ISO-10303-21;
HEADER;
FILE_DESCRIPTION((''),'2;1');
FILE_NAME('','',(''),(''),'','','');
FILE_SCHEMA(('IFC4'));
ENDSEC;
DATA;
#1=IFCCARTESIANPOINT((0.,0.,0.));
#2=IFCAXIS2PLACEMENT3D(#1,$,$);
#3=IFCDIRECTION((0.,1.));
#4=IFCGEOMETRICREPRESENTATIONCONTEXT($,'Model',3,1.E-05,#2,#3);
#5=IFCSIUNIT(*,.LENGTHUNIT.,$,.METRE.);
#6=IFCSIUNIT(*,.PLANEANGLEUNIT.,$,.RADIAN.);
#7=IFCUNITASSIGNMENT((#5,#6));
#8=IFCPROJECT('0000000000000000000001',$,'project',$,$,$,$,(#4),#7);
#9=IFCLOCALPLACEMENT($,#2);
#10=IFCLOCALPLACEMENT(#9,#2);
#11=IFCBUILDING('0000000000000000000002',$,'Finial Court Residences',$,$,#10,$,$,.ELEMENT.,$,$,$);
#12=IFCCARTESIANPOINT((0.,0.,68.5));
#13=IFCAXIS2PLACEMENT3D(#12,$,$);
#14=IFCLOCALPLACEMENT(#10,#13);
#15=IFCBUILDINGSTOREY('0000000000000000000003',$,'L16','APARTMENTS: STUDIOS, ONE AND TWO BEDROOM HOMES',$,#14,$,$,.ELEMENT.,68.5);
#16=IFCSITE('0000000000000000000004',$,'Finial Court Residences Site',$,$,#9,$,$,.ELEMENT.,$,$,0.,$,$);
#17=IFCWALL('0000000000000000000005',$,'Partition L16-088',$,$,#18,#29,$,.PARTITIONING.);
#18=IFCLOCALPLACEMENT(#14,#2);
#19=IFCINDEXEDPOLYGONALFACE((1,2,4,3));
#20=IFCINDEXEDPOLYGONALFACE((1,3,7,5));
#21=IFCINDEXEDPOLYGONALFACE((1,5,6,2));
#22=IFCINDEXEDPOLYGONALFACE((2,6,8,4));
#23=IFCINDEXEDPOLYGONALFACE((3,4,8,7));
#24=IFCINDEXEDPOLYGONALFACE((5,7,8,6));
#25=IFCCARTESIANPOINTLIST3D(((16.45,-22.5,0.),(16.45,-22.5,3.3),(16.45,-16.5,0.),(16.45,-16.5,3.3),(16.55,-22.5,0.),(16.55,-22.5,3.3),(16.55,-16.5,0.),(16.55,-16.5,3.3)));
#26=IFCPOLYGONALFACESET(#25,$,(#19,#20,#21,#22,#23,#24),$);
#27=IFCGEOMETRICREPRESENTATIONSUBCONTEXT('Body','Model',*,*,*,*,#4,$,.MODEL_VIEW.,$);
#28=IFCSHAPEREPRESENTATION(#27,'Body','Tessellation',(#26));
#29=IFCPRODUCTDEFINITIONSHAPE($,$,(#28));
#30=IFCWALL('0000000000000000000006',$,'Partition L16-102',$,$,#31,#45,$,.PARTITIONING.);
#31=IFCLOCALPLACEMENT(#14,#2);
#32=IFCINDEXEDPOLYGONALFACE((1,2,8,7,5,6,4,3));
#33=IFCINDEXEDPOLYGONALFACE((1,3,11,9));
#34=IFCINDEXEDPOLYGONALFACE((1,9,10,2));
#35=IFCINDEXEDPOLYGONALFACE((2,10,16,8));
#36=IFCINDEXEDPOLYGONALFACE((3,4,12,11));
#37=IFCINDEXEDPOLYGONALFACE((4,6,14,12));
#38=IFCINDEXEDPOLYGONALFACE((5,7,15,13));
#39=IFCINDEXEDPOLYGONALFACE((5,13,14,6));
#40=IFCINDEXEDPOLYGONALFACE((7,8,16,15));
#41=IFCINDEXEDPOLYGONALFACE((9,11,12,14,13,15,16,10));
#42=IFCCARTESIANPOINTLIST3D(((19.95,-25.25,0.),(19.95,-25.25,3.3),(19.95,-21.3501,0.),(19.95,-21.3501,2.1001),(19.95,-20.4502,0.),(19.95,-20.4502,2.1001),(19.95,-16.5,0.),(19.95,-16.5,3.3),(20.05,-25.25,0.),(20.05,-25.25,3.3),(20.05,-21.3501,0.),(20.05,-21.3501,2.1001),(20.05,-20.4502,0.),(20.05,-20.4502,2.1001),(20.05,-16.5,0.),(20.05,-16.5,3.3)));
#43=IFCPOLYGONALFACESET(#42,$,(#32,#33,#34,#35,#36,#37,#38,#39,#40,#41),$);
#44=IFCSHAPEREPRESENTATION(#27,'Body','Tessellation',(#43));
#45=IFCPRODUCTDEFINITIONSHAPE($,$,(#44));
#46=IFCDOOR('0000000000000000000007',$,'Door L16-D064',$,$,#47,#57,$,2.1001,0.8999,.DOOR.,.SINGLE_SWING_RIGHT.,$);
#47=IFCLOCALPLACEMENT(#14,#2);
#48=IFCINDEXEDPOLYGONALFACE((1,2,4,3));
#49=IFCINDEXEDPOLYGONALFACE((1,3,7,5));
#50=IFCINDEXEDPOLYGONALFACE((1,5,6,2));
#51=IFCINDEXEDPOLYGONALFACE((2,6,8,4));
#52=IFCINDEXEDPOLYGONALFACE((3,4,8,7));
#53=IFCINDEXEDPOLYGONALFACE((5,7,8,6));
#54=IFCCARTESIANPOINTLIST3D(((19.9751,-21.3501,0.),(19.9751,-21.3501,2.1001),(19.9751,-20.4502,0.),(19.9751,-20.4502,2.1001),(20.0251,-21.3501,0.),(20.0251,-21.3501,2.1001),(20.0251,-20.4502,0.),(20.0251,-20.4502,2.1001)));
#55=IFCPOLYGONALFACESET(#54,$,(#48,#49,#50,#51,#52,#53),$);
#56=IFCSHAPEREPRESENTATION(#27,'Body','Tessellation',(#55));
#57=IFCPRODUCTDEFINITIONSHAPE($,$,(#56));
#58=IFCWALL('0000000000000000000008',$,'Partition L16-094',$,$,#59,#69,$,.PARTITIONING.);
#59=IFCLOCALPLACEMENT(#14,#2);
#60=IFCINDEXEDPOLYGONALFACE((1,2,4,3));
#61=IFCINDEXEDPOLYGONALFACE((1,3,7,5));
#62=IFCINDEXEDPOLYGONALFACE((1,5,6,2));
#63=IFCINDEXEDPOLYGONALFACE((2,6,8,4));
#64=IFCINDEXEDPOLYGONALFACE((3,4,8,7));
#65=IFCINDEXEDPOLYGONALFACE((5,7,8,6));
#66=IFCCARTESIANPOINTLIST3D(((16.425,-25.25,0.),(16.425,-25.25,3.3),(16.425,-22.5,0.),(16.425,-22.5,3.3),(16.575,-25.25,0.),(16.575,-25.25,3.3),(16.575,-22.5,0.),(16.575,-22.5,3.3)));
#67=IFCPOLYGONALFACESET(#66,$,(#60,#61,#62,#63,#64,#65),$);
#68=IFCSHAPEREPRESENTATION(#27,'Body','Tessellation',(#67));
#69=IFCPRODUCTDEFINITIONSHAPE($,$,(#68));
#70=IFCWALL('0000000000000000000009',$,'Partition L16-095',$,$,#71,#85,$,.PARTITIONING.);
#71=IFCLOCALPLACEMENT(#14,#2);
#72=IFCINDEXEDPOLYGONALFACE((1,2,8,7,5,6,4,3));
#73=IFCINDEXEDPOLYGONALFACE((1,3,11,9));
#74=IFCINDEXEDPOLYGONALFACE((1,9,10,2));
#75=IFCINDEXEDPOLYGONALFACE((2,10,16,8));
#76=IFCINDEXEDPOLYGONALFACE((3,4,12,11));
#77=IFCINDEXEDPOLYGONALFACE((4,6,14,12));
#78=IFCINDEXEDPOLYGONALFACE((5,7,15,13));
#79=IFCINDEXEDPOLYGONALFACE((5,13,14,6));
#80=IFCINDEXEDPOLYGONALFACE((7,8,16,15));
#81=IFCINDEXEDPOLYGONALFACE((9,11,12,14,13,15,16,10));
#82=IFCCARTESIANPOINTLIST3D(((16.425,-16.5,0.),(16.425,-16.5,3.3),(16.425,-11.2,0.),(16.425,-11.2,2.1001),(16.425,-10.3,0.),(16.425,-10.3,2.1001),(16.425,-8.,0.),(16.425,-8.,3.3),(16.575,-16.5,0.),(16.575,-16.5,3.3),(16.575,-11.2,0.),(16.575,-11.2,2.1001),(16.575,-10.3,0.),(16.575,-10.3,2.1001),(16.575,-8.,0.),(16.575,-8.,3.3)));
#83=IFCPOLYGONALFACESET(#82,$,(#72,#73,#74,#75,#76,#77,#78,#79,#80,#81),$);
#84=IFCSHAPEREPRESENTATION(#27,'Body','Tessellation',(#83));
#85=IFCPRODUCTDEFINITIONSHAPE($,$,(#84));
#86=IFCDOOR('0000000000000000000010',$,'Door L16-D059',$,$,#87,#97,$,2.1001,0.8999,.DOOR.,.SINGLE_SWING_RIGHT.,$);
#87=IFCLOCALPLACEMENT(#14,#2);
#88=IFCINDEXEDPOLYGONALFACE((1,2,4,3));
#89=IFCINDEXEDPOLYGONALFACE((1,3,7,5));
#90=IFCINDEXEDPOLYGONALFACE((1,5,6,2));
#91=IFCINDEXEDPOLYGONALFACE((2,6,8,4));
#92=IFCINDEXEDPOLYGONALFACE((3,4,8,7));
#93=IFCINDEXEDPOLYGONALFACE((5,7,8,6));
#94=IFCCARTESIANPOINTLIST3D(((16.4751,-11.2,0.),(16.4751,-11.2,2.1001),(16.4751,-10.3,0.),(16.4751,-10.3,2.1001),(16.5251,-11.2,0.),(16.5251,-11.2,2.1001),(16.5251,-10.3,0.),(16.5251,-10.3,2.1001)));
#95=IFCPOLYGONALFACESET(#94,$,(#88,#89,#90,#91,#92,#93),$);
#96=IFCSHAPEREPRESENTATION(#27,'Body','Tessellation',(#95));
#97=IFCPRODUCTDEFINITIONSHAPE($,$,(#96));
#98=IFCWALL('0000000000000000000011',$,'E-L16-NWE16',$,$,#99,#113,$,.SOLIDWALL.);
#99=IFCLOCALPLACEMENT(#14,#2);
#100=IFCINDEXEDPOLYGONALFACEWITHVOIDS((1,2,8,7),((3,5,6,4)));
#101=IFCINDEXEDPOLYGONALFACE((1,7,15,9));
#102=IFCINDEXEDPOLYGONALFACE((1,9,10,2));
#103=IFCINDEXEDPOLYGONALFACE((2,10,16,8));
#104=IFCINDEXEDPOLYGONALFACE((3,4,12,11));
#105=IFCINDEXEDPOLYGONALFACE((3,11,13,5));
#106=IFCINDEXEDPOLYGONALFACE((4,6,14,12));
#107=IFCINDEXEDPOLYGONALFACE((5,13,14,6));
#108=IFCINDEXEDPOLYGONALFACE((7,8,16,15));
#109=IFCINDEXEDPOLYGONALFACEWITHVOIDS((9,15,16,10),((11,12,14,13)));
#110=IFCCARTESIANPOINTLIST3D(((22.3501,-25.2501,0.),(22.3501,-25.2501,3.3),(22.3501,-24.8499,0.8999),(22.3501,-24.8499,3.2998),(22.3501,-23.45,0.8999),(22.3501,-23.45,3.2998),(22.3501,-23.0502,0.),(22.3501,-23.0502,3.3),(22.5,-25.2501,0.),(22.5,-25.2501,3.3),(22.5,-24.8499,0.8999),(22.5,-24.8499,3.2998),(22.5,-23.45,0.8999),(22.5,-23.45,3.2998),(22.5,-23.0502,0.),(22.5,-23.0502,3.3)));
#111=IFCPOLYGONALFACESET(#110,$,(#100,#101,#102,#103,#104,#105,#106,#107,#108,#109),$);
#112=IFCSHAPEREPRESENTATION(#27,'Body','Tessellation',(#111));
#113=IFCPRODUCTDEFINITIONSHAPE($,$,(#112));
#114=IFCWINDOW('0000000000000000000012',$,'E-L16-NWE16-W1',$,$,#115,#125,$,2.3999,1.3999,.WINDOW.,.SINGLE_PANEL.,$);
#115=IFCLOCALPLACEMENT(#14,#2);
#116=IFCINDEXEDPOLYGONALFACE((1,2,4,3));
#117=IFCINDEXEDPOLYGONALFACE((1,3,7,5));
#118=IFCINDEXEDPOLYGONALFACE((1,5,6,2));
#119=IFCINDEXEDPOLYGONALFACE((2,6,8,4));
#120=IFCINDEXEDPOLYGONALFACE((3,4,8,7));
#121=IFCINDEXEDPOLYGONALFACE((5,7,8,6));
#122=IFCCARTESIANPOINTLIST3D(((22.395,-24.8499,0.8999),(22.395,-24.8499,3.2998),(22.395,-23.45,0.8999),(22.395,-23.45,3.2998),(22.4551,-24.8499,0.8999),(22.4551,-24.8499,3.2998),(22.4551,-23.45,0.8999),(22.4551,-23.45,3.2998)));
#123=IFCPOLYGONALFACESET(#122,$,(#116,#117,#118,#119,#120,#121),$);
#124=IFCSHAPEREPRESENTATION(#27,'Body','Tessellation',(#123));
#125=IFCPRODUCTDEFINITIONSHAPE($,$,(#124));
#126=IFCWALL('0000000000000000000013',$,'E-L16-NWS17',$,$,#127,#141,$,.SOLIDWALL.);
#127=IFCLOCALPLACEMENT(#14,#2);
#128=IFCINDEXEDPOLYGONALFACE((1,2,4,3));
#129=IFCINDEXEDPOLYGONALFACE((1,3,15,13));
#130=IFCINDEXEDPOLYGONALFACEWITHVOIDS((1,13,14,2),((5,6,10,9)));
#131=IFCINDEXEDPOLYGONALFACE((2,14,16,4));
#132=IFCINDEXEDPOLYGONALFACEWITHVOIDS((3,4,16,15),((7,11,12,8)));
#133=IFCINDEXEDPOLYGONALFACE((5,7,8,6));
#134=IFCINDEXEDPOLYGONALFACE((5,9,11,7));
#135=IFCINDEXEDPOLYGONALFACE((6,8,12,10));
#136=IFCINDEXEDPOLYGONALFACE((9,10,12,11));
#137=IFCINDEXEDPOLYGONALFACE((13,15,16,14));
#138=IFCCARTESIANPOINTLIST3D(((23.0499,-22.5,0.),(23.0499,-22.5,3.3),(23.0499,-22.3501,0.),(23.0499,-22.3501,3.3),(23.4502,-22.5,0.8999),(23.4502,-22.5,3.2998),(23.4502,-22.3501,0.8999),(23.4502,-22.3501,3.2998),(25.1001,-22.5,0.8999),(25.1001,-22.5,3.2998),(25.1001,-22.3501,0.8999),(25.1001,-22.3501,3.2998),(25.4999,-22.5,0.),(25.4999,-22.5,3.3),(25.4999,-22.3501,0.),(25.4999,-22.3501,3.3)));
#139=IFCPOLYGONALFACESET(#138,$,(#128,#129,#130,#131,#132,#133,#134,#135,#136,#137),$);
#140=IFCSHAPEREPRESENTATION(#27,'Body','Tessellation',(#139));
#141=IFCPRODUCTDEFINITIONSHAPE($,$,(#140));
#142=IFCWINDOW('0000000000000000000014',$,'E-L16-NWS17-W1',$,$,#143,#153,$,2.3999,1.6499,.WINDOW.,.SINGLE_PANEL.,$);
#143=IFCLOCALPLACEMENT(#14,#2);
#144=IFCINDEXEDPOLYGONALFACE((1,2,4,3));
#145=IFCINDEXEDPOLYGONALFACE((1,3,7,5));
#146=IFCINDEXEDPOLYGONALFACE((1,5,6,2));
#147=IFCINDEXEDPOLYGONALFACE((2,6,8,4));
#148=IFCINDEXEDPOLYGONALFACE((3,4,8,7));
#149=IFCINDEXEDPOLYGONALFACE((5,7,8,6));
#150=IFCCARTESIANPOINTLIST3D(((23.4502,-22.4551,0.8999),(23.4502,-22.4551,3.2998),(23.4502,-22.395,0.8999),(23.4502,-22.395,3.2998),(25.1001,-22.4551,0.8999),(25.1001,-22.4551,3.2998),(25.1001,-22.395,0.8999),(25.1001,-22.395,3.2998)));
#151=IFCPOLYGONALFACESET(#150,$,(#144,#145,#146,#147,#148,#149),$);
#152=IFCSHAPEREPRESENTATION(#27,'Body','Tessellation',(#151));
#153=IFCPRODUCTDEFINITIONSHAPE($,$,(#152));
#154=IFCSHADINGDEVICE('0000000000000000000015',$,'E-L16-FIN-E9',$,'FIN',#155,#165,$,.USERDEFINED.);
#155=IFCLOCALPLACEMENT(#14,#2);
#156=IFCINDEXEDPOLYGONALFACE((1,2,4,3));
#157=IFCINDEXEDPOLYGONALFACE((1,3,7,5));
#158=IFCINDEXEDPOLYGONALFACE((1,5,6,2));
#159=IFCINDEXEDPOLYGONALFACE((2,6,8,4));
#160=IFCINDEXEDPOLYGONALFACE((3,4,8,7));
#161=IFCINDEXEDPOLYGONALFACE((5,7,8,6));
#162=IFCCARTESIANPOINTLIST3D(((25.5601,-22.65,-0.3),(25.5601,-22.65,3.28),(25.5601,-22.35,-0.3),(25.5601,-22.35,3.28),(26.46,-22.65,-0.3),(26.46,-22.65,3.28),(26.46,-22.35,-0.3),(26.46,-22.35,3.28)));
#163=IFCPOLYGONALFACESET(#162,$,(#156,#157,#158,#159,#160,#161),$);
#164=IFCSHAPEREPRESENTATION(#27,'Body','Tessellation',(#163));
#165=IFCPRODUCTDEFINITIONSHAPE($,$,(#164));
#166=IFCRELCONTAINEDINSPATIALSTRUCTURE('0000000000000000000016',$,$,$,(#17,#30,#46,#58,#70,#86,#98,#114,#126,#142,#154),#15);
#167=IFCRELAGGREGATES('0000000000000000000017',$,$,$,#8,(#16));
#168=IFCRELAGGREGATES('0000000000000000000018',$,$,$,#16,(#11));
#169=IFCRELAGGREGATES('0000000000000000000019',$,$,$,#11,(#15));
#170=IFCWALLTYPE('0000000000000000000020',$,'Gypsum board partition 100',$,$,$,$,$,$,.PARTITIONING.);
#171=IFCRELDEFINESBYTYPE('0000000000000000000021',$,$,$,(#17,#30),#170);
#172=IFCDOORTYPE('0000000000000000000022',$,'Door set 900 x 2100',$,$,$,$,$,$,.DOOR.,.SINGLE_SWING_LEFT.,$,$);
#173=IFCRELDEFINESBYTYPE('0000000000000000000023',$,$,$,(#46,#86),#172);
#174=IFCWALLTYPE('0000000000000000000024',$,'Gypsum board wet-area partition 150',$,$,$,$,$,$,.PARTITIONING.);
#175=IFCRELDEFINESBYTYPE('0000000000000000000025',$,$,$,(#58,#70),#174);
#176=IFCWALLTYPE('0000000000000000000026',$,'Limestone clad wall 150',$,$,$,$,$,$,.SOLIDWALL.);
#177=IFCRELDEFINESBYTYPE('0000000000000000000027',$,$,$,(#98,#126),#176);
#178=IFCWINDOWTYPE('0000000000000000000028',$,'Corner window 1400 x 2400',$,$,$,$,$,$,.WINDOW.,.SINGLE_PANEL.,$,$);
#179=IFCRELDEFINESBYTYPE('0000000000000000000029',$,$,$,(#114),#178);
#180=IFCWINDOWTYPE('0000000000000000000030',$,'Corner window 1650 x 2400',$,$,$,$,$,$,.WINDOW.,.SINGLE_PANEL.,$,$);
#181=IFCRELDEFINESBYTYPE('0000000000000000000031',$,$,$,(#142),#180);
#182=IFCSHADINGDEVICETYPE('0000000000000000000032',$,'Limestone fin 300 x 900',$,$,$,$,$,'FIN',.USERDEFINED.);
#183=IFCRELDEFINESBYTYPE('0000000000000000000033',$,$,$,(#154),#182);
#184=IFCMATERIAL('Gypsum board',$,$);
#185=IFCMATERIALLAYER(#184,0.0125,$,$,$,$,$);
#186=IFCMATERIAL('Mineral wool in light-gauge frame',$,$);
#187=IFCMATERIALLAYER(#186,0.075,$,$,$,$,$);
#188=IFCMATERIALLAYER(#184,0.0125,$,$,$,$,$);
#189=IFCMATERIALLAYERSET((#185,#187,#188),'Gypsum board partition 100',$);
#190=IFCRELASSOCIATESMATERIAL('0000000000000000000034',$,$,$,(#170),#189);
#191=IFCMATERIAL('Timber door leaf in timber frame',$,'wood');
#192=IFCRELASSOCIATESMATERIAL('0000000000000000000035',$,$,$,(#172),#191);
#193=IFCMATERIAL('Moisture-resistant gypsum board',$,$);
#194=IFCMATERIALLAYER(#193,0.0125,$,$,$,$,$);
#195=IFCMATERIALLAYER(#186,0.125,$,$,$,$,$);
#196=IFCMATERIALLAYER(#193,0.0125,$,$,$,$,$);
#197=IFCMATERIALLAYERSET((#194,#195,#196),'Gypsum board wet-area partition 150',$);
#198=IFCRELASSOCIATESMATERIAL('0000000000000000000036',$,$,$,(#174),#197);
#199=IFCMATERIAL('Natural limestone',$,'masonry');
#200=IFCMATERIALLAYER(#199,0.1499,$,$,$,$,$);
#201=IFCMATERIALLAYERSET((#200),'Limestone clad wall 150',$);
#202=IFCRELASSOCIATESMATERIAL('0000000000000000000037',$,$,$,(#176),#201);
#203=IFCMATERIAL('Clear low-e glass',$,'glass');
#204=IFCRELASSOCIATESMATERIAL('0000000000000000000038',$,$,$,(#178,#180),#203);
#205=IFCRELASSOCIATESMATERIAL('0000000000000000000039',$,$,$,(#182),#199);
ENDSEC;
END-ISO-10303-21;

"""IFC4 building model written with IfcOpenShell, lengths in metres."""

from ifc_helpers import new_model, si_unit, direction, frame, frame_2d, origin, origin_2d, place, context, subcontext, project, spatial, rectangle, extrude, material, layer, layer_set, type_object, element, fill, save


model = new_model("IFC4")

# Units and contexts
model_context = context("Model", 3, precision=1e-05, world=origin(), true_north=direction((0.0, 1.0)))
body_context = subcontext(model_context, "Body", "Model", "MODEL_VIEW")
ifc_project = project(units=[si_unit("LENGTHUNIT", "METRE"), si_unit("PLANEANGLEUNIT", "RADIAN")], contexts=[model_context])

# Site, building, storey
site_placement = place(None, origin())
site = spatial("IfcSite", under=ifc_project, at=site_placement, Name="Finial Court Residences Site", CompositionType="ELEMENT", RefElevation=0.0)
building_placement = place(site_placement, origin())
building = spatial("IfcBuilding", under=site, at=building_placement, Name="Finial Court Residences", CompositionType="ELEMENT")
storey_placement = place(building_placement, frame((0.0, 0.0, 68.5)))
storey = spatial("IfcBuildingStorey", under=building, at=storey_placement, Name="L16", Description="APARTMENTS: STUDIOS, ONE AND TWO BEDROOM HOMES", CompositionType="ELEMENT", Elevation=68.5)

# Shared definitions
ifc_material_1 = material(Name="Clear low-e glass", Category="glass")

# Wall
ifc_material_2 = material(Name="Gypsum board")
ifc_layer_1 = layer(ifc_material_2, 0.0125)
ifc_material_3 = material(Name="Mineral wool in light-gauge frame")
ifc_layer_2 = layer(ifc_material_3, 0.075)
ifc_layer_3 = layer(ifc_material_2, 0.0125)
ifc_layer_set_1 = layer_set([ifc_layer_1, ifc_layer_2, ifc_layer_3], Name="Gypsum board partition 100")
wall_type_1 = type_object("IfcWallType", Name="Gypsum board partition 100", PredefinedType="PARTITIONING", material=ifc_layer_set_1)
wall_1_placement = place(storey_placement, frame((16.5, -22.5, 0.0), z_axis=(0.0, 0.0, 1.0), x_axis=(0.0, 1.0, 0.0)))
element("IfcWall", 1, at=wall_1_placement, inside=storey, type_object=wall_type_1, Name="Partition L16-088", PredefinedType="PARTITIONING", context=body_context, shape_type="SweptSolid", body=[
    extrude(rectangle(XDim=6.0, YDim=0.1001, at=frame_2d((3.0, 0.0))), origin(), (0.0, 0.0, 1.0), 3.3),
])

# Wall, opening, door
wall_2_placement = place(storey_placement, frame((20.0, -25.25, 0.0), z_axis=(0.0, 0.0, 1.0), x_axis=(0.0, 1.0, 0.0)))
wall_2 = element("IfcWall", 2, at=wall_2_placement, inside=storey, type_object=wall_type_1, Name="Partition L16-102", PredefinedType="PARTITIONING", context=body_context, shape_type="SweptSolid", body=[
    extrude(rectangle(XDim=8.75, YDim=0.1001, at=frame_2d((4.375, 0.0))), origin(), (0.0, 0.0, 1.0), 3.3),
])
opening_1_placement = place(wall_2_placement, frame((3.8999, 0.0, 0.0)))
opening_1 = element("IfcOpeningElement", 3, at=opening_1_placement, cuts=wall_2, PredefinedType="OPENING", context=body_context, shape_type="SweptSolid", body=[
    extrude(rectangle(XDim=0.8999, YDim=2.1001, at=frame_2d((0.45, 1.05))), frame((0.0, 0.0601, 0.0), z_axis=(0.0, -1.0, 0.0), x_axis=(1.0, 0.0, 0.0)), (0.0, 0.0, 1.0), 0.1201),
])
ifc_material_4 = material(Name="Timber door leaf in timber frame", Category="wood")
door_type = type_object("IfcDoorType", Name="Door set 900 x 2100", OperationType="SINGLE_SWING_LEFT", PredefinedType="DOOR", material=ifc_material_4)
door_1_placement = place(opening_1_placement, origin())
door_1 = element("IfcDoor", 4, at=door_1_placement, inside=storey, type_object=door_type, Name="Door L16-D064", OperationType="SINGLE_SWING_RIGHT", OverallHeight=2.1001, OverallWidth=0.8999, PredefinedType="DOOR", context=body_context, shape_type="SweptSolid", body=[
    extrude(rectangle(XDim=0.8999, YDim=2.1001, at=frame_2d((0.45, 1.05))), frame((0.0, 0.0249, 0.0), z_axis=(0.0, -1.0, 0.0), x_axis=(1.0, 0.0, 0.0)), (0.0, 0.0, 1.0), 0.05),
])
fill(opening_1, door_1)

# Wall
ifc_material_5 = material(Name="Moisture-resistant gypsum board")
ifc_layer_4 = layer(ifc_material_5, 0.0125)
ifc_layer_5 = layer(ifc_material_3, 0.125)
ifc_layer_6 = layer(ifc_material_5, 0.0125)
ifc_layer_set_2 = layer_set([ifc_layer_4, ifc_layer_5, ifc_layer_6], Name="Gypsum board wet-area partition 150")
wall_type_2 = type_object("IfcWallType", Name="Gypsum board wet-area partition 150", PredefinedType="PARTITIONING", material=ifc_layer_set_2)
wall_3_placement = place(storey_placement, frame((16.5, -25.25, 0.0), z_axis=(0.0, 0.0, 1.0), x_axis=(0.0, 1.0, 0.0)))
element("IfcWall", 5, at=wall_3_placement, inside=storey, type_object=wall_type_2, Name="Partition L16-094", PredefinedType="PARTITIONING", context=body_context, shape_type="SweptSolid", body=[
    extrude(rectangle(XDim=2.75, YDim=0.1499, at=frame_2d((1.375, 0.0))), origin(), (0.0, 0.0, 1.0), 3.3),
])

# Wall, opening, door
wall_4_placement = place(storey_placement, frame((16.5, -16.5, 0.0), z_axis=(0.0, 0.0, 1.0), x_axis=(0.0, 1.0, 0.0)))
wall_4 = element("IfcWall", 6, at=wall_4_placement, inside=storey, type_object=wall_type_2, Name="Partition L16-095", PredefinedType="PARTITIONING", context=body_context, shape_type="SweptSolid", body=[
    extrude(rectangle(XDim=8.5, YDim=0.1499, at=frame_2d((4.25, 0.0))), origin(), (0.0, 0.0, 1.0), 3.3),
])
opening_2_placement = place(wall_4_placement, frame((5.3, 0.0, 0.0)))
opening_2 = element("IfcOpeningElement", 7, at=opening_2_placement, cuts=wall_4, PredefinedType="OPENING", context=body_context, shape_type="SweptSolid", body=[
    extrude(rectangle(XDim=0.8999, YDim=2.1001, at=frame_2d((0.45, 1.05))), frame((0.0, 0.085, 0.0), z_axis=(0.0, -1.0, 0.0), x_axis=(1.0, 0.0, 0.0)), (0.0, 0.0, 1.0), 0.1699),
])
door_2_placement = place(opening_2_placement, origin())
door_2 = element("IfcDoor", 8, at=door_2_placement, inside=storey, type_object=door_type, Name="Door L16-D059", OperationType="SINGLE_SWING_RIGHT", OverallHeight=2.1001, OverallWidth=0.8999, PredefinedType="DOOR", context=body_context, shape_type="SweptSolid", body=[
    extrude(rectangle(XDim=0.8999, YDim=2.1001, at=frame_2d((0.45, 1.05))), frame((0.0, 0.0249, 0.0), z_axis=(0.0, -1.0, 0.0), x_axis=(1.0, 0.0, 0.0)), (0.0, 0.0, 1.0), 0.05),
])
fill(opening_2, door_2)

# Walls, openings, windows
ifc_material_6 = material(Name="Natural limestone", Category="masonry")
ifc_layer_7 = layer(ifc_material_6, 0.1499)
ifc_layer_set_3 = layer_set([ifc_layer_7], Name="Limestone clad wall 150")
wall_type_3 = type_object("IfcWallType", Name="Limestone clad wall 150", PredefinedType="SOLIDWALL", material=ifc_layer_set_3)
wall_5_placement = place(storey_placement, frame((22.425, -23.05, 0.0), z_axis=(0.0, 0.0, 1.0), x_axis=(0.0, -1.0, 0.0)))
wall_5 = element("IfcWall", 9, at=wall_5_placement, inside=storey, type_object=wall_type_3, Name="E-L16-NWE16", PredefinedType="SOLIDWALL", context=body_context, shape_type="SweptSolid", body=[
    extrude(rectangle(XDim=2.2, YDim=0.1499, at=frame_2d((1.1001, 0.0))), origin(), (0.0, 0.0, 1.0), 3.3),
])
opening_3_placement = place(wall_5_placement, frame((0.3999, 0.0, 0.8999)))
opening_3 = element("IfcOpeningElement", 10, at=opening_3_placement, cuts=wall_5, PredefinedType="OPENING", context=body_context, shape_type="SweptSolid", body=[
    extrude(rectangle(XDim=1.3999, YDim=2.3999, at=frame_2d((0.7, 1.2))), frame((0.0, 0.085, 0.0), z_axis=(0.0, -1.0, 0.0), x_axis=(1.0, 0.0, 0.0)), (0.0, 0.0, 1.0), 0.1699),
])
window_type_1 = type_object("IfcWindowType", Name="Corner window 1400 x 2400", PartitioningType="SINGLE_PANEL", PredefinedType="WINDOW", material=ifc_material_1)
window_1_placement = place(opening_3_placement, origin())
window_1 = element("IfcWindow", 11, at=window_1_placement, inside=storey, type_object=window_type_1, Name="E-L16-NWE16-W1", OverallHeight=2.3999, OverallWidth=1.3999, PartitioningType="SINGLE_PANEL", PredefinedType="WINDOW", context=body_context, shape_type="SweptSolid", body=[
    extrude(rectangle(XDim=1.3999, YDim=2.3999, at=frame_2d((0.7, 1.2))), frame((0.0, 0.03, 0.0), z_axis=(0.0, -1.0, 0.0), x_axis=(1.0, 0.0, 0.0)), (0.0, 0.0, 1.0), 0.0601),
])
fill(opening_3, window_1)
wall_6_placement = place(storey_placement, frame((25.5, -22.425, 0.0), z_axis=(0.0, 0.0, 1.0), x_axis=(-1.0, 0.0, 0.0)))
wall_6 = element("IfcWall", 12, at=wall_6_placement, inside=storey, type_object=wall_type_3, Name="E-L16-NWS17", PredefinedType="SOLIDWALL", context=body_context, shape_type="SweptSolid", body=[
    extrude(rectangle(XDim=2.45, YDim=0.1499, at=frame_2d((1.2251, 0.0))), origin(), (0.0, 0.0, 1.0), 3.3),
])
opening_4_placement = place(wall_6_placement, frame((0.3999, 0.0, 0.8999)))
opening_4 = element("IfcOpeningElement", 13, at=opening_4_placement, cuts=wall_6, PredefinedType="OPENING", context=body_context, shape_type="SweptSolid", body=[
    extrude(rectangle(XDim=1.6499, YDim=2.3999, at=frame_2d((0.825, 1.2))), frame((0.0, 0.085, 0.0), z_axis=(0.0, -1.0, 0.0), x_axis=(1.0, 0.0, 0.0)), (0.0, 0.0, 1.0), 0.1699),
])
window_type_2 = type_object("IfcWindowType", Name="Corner window 1650 x 2400", PartitioningType="SINGLE_PANEL", PredefinedType="WINDOW", material=ifc_material_1)
window_2_placement = place(opening_4_placement, origin())
window_2 = element("IfcWindow", 14, at=window_2_placement, inside=storey, type_object=window_type_2, Name="E-L16-NWS17-W1", OverallHeight=2.3999, OverallWidth=1.6499, PartitioningType="SINGLE_PANEL", PredefinedType="WINDOW", context=body_context, shape_type="SweptSolid", body=[
    extrude(rectangle(XDim=1.6499, YDim=2.3999, at=frame_2d((0.825, 1.2))), frame((0.0, 0.03, 0.0), z_axis=(0.0, -1.0, 0.0), x_axis=(1.0, 0.0, 0.0)), (0.0, 0.0, 1.0), 0.0601),
])
fill(opening_4, window_2)

# Shading device
shading_device_type = type_object("IfcShadingDeviceType", Name="Limestone fin 300 x 900", ElementType="FIN", PredefinedType="USERDEFINED", material=ifc_material_6)
shading_device_placement = place(storey_placement, frame((26.01, -22.5, -0.3), z_axis=(0.0, 0.0, 1.0), x_axis=(1.0, 0.0, 0.0)))
element("IfcShadingDevice", 15, at=shading_device_placement, inside=storey, type_object=shading_device_type, Name="E-L16-FIN-E9", ObjectType="FIN", PredefinedType="USERDEFINED", context=body_context, shape_type="SweptSolid", body=[
    extrude(rectangle(XDim=0.8999, YDim=0.3, at=origin_2d()), origin(), (0.0, 0.0, 1.0), 3.5801),
])

save(model, "model.ifc")
